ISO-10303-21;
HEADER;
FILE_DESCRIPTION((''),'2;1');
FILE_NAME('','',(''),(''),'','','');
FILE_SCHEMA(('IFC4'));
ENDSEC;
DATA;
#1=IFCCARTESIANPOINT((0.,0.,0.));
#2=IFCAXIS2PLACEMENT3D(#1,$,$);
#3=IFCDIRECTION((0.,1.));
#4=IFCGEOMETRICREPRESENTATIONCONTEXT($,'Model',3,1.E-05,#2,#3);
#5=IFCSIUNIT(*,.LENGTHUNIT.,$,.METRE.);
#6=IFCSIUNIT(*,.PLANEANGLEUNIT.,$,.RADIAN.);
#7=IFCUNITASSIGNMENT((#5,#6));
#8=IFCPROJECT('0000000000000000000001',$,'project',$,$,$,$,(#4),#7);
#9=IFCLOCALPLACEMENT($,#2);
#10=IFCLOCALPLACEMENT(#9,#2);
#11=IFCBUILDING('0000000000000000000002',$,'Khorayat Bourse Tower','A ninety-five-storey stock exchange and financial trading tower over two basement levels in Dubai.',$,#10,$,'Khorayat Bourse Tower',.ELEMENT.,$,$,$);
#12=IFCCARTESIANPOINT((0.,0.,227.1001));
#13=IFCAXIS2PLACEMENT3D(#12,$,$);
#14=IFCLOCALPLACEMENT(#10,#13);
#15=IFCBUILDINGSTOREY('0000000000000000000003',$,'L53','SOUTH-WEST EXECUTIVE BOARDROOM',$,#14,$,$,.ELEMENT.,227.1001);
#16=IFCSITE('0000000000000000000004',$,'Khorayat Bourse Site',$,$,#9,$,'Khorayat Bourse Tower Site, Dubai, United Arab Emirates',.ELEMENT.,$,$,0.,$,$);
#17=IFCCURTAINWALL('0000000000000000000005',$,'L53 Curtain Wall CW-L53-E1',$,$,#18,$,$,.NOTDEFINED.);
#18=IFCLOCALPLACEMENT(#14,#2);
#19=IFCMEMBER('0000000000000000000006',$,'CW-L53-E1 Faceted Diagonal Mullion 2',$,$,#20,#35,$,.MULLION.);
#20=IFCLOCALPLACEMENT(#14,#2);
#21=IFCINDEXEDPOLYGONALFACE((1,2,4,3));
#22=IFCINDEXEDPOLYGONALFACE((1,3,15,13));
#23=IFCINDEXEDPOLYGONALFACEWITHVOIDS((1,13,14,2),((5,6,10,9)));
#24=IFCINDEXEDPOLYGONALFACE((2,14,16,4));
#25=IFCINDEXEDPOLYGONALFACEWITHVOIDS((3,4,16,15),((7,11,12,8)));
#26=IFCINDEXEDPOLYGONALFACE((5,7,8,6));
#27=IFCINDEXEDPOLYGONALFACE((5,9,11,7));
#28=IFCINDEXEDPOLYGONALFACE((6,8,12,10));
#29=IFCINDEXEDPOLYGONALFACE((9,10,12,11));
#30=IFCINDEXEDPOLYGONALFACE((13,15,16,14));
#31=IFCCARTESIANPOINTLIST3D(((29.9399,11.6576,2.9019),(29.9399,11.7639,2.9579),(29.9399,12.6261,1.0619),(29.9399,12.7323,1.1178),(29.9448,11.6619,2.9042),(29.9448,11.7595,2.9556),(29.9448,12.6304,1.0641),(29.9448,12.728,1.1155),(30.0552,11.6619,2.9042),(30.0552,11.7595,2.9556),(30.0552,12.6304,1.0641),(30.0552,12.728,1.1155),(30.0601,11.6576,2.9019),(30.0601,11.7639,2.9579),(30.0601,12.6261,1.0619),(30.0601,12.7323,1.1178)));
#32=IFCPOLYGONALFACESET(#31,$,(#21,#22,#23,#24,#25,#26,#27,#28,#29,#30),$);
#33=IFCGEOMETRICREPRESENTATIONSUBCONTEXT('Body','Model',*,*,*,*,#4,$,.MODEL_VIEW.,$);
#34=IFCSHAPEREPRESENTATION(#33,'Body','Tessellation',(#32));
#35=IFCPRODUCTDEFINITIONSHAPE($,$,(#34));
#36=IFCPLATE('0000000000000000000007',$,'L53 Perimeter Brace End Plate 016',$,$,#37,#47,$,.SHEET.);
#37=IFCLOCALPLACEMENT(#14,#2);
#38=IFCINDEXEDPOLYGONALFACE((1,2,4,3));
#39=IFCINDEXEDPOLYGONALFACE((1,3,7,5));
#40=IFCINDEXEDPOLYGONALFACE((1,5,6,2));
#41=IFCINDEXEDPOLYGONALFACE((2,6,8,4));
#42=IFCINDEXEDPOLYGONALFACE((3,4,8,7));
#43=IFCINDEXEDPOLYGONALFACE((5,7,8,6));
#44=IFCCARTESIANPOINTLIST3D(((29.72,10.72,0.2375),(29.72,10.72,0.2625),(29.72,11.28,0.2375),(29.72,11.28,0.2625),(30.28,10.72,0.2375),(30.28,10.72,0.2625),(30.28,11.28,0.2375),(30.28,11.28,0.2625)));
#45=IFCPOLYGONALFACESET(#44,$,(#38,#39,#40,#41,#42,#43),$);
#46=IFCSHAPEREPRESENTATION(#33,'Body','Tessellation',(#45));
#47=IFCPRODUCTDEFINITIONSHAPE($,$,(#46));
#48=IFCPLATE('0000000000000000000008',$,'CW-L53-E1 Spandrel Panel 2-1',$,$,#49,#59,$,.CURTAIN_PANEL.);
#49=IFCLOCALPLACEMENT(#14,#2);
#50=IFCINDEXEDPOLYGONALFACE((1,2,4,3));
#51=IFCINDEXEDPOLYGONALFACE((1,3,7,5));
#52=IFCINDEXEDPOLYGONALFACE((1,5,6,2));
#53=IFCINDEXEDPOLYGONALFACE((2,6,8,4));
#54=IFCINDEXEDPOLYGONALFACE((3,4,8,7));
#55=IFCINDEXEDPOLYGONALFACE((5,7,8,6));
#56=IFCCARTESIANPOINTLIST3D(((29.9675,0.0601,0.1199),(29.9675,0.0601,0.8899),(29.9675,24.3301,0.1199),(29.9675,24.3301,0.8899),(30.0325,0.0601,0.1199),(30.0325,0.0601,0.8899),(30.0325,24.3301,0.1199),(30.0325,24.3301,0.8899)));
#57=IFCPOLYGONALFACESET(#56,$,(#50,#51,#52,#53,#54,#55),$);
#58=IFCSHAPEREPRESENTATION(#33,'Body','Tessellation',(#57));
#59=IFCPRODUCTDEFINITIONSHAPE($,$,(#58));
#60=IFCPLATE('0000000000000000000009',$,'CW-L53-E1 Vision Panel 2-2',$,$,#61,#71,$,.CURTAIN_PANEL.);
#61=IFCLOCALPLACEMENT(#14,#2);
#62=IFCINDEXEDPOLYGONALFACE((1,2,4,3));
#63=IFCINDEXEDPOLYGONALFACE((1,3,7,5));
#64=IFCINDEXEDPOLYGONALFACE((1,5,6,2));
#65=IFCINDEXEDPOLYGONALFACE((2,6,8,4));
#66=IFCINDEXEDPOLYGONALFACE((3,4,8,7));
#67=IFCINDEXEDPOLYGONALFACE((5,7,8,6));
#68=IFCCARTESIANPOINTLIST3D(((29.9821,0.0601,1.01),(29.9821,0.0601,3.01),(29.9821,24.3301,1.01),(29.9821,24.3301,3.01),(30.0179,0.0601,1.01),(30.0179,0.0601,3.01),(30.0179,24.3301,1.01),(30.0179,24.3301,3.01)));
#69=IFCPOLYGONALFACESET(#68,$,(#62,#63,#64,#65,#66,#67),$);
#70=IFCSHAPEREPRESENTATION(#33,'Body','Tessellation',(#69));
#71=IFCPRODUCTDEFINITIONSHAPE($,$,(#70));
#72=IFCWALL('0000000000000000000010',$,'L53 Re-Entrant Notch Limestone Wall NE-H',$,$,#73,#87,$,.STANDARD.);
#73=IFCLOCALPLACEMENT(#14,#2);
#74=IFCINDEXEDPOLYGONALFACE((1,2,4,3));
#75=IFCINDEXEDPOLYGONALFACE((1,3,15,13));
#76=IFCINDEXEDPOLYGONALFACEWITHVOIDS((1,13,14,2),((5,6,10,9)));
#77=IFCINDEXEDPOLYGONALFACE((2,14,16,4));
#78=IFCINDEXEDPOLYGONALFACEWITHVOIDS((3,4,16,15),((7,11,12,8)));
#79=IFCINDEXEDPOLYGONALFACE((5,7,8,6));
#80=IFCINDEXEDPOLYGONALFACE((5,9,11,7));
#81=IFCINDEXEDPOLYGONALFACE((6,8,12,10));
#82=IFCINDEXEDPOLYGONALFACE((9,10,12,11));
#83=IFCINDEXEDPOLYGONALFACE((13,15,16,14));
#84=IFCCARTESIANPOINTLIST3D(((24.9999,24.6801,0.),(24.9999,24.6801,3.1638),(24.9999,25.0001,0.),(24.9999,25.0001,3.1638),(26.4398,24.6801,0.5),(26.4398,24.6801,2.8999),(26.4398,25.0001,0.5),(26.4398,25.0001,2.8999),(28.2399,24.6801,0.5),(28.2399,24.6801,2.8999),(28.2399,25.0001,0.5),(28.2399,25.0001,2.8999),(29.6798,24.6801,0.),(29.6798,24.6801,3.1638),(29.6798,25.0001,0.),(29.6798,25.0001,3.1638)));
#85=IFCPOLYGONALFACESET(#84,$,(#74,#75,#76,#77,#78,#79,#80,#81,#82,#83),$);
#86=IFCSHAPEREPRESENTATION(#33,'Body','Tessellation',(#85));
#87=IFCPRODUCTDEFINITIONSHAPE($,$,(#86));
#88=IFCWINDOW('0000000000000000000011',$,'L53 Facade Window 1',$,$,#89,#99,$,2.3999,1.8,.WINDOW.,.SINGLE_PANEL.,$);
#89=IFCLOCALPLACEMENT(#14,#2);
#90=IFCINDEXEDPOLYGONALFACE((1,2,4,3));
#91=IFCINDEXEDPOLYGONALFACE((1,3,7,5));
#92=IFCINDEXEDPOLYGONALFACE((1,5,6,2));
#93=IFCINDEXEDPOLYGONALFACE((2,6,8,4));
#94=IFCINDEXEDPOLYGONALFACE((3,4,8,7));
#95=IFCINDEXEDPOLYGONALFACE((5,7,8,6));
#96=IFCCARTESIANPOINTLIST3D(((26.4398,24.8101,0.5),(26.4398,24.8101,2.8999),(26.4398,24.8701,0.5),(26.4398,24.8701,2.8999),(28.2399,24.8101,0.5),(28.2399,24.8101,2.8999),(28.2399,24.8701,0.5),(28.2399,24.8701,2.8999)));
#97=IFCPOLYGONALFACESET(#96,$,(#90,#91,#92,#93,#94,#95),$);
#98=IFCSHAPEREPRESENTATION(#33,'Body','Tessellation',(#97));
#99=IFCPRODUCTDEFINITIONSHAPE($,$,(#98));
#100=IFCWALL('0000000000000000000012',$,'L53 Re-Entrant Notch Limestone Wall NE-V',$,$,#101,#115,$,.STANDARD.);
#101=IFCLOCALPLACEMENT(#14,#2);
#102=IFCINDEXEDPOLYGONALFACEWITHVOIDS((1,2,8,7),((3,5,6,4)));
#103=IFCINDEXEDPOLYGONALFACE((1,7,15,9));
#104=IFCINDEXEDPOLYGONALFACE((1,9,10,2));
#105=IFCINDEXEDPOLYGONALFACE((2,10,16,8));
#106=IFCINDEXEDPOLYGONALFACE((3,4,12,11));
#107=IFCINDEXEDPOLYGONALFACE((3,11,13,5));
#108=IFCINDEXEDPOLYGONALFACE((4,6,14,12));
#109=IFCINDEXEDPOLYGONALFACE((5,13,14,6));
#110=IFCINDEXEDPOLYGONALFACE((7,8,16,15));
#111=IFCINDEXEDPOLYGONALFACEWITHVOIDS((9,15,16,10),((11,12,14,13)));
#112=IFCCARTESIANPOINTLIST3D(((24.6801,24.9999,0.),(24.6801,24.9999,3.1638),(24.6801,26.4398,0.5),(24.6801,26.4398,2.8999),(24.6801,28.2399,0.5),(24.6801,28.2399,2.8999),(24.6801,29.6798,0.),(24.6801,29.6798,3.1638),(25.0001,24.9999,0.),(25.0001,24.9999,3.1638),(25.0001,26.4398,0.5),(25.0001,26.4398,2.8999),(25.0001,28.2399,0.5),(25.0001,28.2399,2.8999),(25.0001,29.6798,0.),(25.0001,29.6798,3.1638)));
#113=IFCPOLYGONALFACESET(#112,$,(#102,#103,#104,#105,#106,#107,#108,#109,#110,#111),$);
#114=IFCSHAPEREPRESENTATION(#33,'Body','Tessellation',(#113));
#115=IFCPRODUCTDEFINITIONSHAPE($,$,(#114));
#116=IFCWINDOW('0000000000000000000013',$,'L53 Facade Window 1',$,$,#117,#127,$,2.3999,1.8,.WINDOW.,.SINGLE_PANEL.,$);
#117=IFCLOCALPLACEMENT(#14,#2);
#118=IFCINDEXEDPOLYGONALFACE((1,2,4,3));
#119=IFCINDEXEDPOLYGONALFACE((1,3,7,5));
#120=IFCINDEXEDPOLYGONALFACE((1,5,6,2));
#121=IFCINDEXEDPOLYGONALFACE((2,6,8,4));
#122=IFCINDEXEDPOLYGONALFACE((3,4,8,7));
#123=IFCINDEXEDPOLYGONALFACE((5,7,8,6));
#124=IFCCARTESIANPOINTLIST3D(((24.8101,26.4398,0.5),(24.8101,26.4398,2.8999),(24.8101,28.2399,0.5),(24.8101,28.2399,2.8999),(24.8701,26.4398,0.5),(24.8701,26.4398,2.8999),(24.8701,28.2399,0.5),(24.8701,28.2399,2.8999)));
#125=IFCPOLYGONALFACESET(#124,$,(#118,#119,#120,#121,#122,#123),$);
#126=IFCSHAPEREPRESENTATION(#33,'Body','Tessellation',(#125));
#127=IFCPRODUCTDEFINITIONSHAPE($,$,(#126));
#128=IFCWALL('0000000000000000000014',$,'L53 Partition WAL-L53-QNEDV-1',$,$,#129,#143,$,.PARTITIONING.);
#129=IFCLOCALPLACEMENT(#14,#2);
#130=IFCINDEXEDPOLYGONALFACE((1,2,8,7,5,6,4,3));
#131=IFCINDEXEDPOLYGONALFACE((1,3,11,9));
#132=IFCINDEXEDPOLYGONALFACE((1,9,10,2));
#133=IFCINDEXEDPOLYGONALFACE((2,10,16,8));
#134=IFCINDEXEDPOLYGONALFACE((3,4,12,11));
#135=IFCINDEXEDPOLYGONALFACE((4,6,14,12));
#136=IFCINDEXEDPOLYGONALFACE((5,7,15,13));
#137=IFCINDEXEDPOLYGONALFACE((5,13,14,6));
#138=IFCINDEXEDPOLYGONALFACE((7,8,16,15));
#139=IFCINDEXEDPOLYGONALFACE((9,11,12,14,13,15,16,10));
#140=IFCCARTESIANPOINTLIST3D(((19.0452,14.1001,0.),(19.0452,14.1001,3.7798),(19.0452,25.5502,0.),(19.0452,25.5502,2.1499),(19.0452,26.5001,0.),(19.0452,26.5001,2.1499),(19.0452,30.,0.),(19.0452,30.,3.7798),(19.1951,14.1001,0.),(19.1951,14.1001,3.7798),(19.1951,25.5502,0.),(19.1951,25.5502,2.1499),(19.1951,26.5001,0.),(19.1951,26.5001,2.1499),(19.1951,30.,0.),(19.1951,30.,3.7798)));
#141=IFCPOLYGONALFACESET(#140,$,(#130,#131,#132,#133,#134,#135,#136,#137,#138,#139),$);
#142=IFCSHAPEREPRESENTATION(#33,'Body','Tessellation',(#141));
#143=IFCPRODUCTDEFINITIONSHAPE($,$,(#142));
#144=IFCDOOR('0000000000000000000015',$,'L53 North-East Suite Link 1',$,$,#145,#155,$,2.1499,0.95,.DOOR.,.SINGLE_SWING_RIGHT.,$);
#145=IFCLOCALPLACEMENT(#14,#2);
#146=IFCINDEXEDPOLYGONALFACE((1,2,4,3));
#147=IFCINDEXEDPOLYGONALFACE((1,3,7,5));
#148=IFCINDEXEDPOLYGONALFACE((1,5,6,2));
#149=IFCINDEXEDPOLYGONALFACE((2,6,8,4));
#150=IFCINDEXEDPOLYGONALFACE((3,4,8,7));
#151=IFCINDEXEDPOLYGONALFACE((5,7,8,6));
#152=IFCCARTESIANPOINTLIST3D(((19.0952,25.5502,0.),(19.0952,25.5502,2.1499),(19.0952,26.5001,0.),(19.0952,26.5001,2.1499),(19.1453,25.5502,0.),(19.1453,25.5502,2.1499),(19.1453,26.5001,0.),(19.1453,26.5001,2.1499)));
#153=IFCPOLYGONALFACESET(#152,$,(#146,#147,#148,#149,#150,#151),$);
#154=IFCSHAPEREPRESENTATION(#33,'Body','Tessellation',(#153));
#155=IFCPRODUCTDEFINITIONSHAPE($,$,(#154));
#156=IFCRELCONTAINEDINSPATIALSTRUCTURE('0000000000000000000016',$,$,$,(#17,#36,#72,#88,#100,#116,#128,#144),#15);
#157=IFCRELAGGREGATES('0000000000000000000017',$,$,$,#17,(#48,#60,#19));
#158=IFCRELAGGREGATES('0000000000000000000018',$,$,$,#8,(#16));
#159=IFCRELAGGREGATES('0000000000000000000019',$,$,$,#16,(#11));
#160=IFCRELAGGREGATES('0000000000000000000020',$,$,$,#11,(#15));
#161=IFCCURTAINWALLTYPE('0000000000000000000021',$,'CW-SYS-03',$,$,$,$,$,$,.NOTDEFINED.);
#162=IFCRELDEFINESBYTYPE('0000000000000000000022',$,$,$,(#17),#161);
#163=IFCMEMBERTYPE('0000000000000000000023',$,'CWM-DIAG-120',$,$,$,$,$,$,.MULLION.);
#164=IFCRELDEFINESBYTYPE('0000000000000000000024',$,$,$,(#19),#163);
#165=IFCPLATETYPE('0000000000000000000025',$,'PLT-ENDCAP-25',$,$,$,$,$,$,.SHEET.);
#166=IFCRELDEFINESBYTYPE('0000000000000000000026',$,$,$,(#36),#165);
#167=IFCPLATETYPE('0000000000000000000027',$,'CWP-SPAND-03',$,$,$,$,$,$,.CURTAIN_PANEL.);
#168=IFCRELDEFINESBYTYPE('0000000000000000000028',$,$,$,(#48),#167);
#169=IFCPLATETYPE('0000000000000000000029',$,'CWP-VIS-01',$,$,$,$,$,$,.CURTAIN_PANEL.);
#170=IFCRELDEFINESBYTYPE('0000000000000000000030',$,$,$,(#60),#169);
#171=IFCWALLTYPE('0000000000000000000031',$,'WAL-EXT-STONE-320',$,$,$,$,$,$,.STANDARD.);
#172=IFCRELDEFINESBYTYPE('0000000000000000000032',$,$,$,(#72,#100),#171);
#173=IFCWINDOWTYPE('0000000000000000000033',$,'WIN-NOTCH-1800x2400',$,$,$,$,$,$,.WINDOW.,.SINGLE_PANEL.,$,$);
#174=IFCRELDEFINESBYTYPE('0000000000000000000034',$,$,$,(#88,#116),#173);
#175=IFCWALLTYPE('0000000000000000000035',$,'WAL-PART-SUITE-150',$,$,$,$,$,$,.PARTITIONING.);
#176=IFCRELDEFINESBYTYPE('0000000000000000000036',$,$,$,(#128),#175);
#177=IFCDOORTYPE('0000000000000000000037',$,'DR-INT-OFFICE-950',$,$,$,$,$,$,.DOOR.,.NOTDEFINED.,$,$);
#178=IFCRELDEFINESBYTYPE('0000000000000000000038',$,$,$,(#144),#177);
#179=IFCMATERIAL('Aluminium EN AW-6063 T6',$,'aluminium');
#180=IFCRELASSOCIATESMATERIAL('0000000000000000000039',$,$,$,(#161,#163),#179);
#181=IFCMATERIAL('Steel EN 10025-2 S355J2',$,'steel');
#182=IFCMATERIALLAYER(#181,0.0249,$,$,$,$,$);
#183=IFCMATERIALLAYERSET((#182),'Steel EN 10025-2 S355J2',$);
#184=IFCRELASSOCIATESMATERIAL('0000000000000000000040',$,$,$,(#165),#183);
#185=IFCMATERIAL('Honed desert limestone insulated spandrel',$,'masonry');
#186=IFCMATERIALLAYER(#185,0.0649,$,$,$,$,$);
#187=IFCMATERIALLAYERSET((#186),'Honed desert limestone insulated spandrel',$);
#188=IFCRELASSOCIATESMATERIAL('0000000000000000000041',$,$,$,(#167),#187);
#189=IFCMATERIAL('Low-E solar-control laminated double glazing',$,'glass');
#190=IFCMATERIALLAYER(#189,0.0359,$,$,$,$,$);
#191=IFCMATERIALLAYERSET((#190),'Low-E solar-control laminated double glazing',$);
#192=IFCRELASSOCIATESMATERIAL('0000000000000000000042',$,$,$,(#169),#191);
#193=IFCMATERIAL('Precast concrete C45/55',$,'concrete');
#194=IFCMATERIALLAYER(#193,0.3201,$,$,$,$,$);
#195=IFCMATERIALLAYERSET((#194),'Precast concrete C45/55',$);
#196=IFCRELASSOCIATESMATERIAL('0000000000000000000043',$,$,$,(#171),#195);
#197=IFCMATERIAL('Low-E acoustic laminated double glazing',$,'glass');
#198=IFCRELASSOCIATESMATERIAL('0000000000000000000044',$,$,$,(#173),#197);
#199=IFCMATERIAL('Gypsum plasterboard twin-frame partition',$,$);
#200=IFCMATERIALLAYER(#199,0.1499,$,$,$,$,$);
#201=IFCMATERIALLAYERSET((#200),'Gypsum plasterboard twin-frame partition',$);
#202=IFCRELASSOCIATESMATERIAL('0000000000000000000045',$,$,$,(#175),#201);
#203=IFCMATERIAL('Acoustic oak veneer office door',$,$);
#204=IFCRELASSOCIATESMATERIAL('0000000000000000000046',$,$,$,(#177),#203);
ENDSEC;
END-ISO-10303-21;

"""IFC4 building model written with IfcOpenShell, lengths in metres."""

from ifc_helpers import new_model, si_unit, direction, frame, frame_2d, origin, origin_2d, place, context, subcontext, project, spatial, rectangle, hollow_rectangle, extrude, source, transform, mapped, material, layer, layer_set, material_profile, profile_set, type_object, element, fill, aggregate, save


model = new_model("IFC4")

# Units and contexts
model_context = context("Model", 3, precision=1e-05, world=origin(), true_north=direction((0.0, 1.0)))
body_context = subcontext(model_context, "Body", "Model", "MODEL_VIEW")
ifc_project = project(units=[si_unit("LENGTHUNIT", "METRE"), si_unit("PLANEANGLEUNIT", "RADIAN")], contexts=[model_context])

# Site, building, storey
site_placement = place(None, origin())
site = spatial("IfcSite", under=ifc_project, at=site_placement, Name="Khorayat Bourse Site", LongName="Khorayat Bourse Tower Site, Dubai, United Arab Emirates", CompositionType="ELEMENT", RefElevation=0.0)
building_placement = place(site_placement, origin())
building = spatial("IfcBuilding", under=site, at=building_placement, Name="Khorayat Bourse Tower", Description="A ninety-five-storey stock exchange and financial trading tower over two basement levels in Dubai.", LongName="Khorayat Bourse Tower", CompositionType="ELEMENT")
storey_placement = place(building_placement, frame((0.0, 0.0, 227.1001)))
storey = spatial("IfcBuildingStorey", under=building, at=storey_placement, Name="L53", Description="SOUTH-WEST EXECUTIVE BOARDROOM", CompositionType="ELEMENT", Elevation=227.1001)

# Shared definitions
ifc_material_1 = material(Name="Aluminium EN AW-6063 T6", Category="aluminium")
curtain_wall_type = type_object("IfcCurtainWallType", Name="CW-SYS-03", PredefinedType="NOTDEFINED", material=ifc_material_1)

# Curtain wall, member
curtain_wall_1_placement = place(storey_placement, origin())
curtain_wall_1 = element("IfcCurtainWall", 1, at=curtain_wall_1_placement, inside=storey, type_object=curtain_wall_type, Name="L53 Curtain Wall CW-L53-E1", PredefinedType="NOTDEFINED")
ifc_material_profile_1 = material_profile(ifc_material_1, hollow_rectangle(XDim=0.1201, YDim=0.1201, WallThickness=0.0049, at=origin_2d()), Name="ALU 120x120x5")
ifc_profile_set_1 = profile_set([ifc_material_profile_1], Name="Aluminium EN AW-6063 T6")
member_type_1 = type_object("IfcMemberType", Name="CWM-DIAG-120", PredefinedType="MULLION", material=ifc_profile_set_1)
shared_shape_1 = source(origin(), body_context, "Body", "SweptSolid", [
    extrude(hollow_rectangle(XDim=0.1201, YDim=0.1201, WallThickness=0.0049, at=origin_2d()), origin(), (0.0, 0.0, 1.0), 2.0793),
])
member_1_placement = place(storey_placement, frame((30.0, 12.6792, 1.0898), z_axis=(0.0, -0.465761, 0.884911), x_axis=(1.0, 0.0, 0.0)))
member_1 = element("IfcMember", 2, at=member_1_placement, type_object=member_type_1, Name="CW-L53-E1 Faceted Diagonal Mullion 2", PredefinedType="MULLION", context=body_context, shape_type="MappedRepresentation", body=[
    mapped(shared_shape_1, transform((0.0, 0.0, 0.0), scale=1.0)),
])

# Plates
ifc_material_2 = material(Name="Steel EN 10025-2 S355J2", Category="steel")
ifc_layer_1 = layer(ifc_material_2, 0.0249)
ifc_layer_set_1 = layer_set([ifc_layer_1], Name="Steel EN 10025-2 S355J2")
plate_type_1 = type_object("IfcPlateType", Name="PLT-ENDCAP-25", PredefinedType="SHEET", material=ifc_layer_set_1)
shared_shape_2 = source(origin(), body_context, "Body", "SweptSolid", [
    extrude(rectangle(XDim=0.5601, YDim=0.5601, at=origin_2d()), origin(), (0.0, 0.0, 1.0), 0.0249),
])
plate_1_placement = place(storey_placement, frame((30.0, 11.0, 0.2375), z_axis=(0.0, 0.0, 1.0), x_axis=(1.0, 0.0, 0.0)))
element("IfcPlate", 3, at=plate_1_placement, inside=storey, type_object=plate_type_1, Name="L53 Perimeter Brace End Plate 016", PredefinedType="SHEET", context=body_context, shape_type="MappedRepresentation", body=[
    mapped(shared_shape_2, transform((0.0, 0.0, 0.0), scale=1.0)),
])
ifc_material_3 = material(Name="Honed desert limestone insulated spandrel", Category="masonry")
ifc_layer_2 = layer(ifc_material_3, 0.0649)
ifc_layer_set_2 = layer_set([ifc_layer_2], Name="Honed desert limestone insulated spandrel")
plate_type_2 = type_object("IfcPlateType", Name="CWP-SPAND-03", PredefinedType="CURTAIN_PANEL", material=ifc_layer_set_2)
shared_shape_3 = source(origin(), body_context, "Body", "SweptSolid", [
    extrude(rectangle(XDim=24.27, YDim=0.0649, at=origin_2d()), origin(), (0.0, 0.0, 1.0), 0.77),
])
plate_2_placement = place(storey_placement, frame((30.0, 12.1951, 0.1199), z_axis=(0.0, 0.0, 1.0), x_axis=(0.0, 1.0, 0.0)))
plate_2 = element("IfcPlate", 4, at=plate_2_placement, type_object=plate_type_2, Name="CW-L53-E1 Spandrel Panel 2-1", PredefinedType="CURTAIN_PANEL", context=body_context, shape_type="MappedRepresentation", body=[
    mapped(shared_shape_3, transform((0.0, 0.0, 0.0), scale=1.0)),
])
ifc_material_4 = material(Name="Low-E solar-control laminated double glazing", Category="glass")
ifc_layer_3 = layer(ifc_material_4, 0.0359)
ifc_layer_set_3 = layer_set([ifc_layer_3], Name="Low-E solar-control laminated double glazing")
plate_type_3 = type_object("IfcPlateType", Name="CWP-VIS-01", PredefinedType="CURTAIN_PANEL", material=ifc_layer_set_3)
shared_shape_4 = source(origin(), body_context, "Body", "SweptSolid", [
    extrude(rectangle(XDim=24.27, YDim=0.0359, at=origin_2d()), origin(), (0.0, 0.0, 1.0), 2.0),
])
plate_3_placement = place(storey_placement, frame((30.0, 12.1951, 1.01), z_axis=(0.0, 0.0, 1.0), x_axis=(0.0, 1.0, 0.0)))
plate_3 = element("IfcPlate", 5, at=plate_3_placement, type_object=plate_type_3, Name="CW-L53-E1 Vision Panel 2-2", PredefinedType="CURTAIN_PANEL", context=body_context, shape_type="MappedRepresentation", body=[
    mapped(shared_shape_4, transform((0.0, 0.0, 0.0), scale=1.0)),
])
aggregate(curtain_wall_1, [plate_2, plate_3, member_1])

# Walls, openings, windows
ifc_material_5 = material(Name="Precast concrete C45/55", Category="concrete")
ifc_layer_4 = layer(ifc_material_5, 0.3201)
ifc_layer_set_4 = layer_set([ifc_layer_4], Name="Precast concrete C45/55")
wall_type_1 = type_object("IfcWallType", Name="WAL-EXT-STONE-320", PredefinedType="STANDARD", material=ifc_layer_set_4)
shared_shape_5 = source(origin(), body_context, "Body", "SweptSolid", [
    extrude(rectangle(XDim=4.6799, YDim=0.3201, at=frame_2d((2.3398, 0.0))), origin(), (0.0, 0.0, 1.0), 3.1638),
])
wall_1_placement = place(storey_placement, frame((25.0, 24.8401, 0.0), z_axis=(0.0, 0.0, 1.0), x_axis=(1.0, 0.0, 0.0)))
wall_1 = element("IfcWall", 6, at=wall_1_placement, inside=storey, type_object=wall_type_1, Name="L53 Re-Entrant Notch Limestone Wall NE-H", PredefinedType="STANDARD", context=body_context, shape_type="MappedRepresentation", body=[
    mapped(shared_shape_5, transform((0.0, 0.0, 0.0), scale=1.0)),
])
shared_shape_6 = source(origin(), body_context, "Body", "SweptSolid", [
    extrude(rectangle(XDim=1.8, YDim=2.3999, at=frame_2d((0.8999, 1.2))), frame((0.0, 0.1699, 0.0), z_axis=(0.0, -1.0, 0.0), x_axis=(1.0, 0.0, 0.0)), (0.0, 0.0, 1.0), 0.3401),
])
opening_1_placement = place(wall_1_placement, frame((1.4399, 0.0, 0.5)))
opening_1 = element("IfcOpeningElement", 7, at=opening_1_placement, cuts=wall_1, PredefinedType="OPENING", context=body_context, shape_type="MappedRepresentation", body=[
    mapped(shared_shape_6, transform((0.0, 0.0, 0.0), scale=1.0)),
])
ifc_material_6 = material(Name="Low-E acoustic laminated double glazing", Category="glass")
window_type = type_object("IfcWindowType", Name="WIN-NOTCH-1800x2400", PartitioningType="SINGLE_PANEL", PredefinedType="WINDOW", material=ifc_material_6)
shared_shape_7 = source(origin(), body_context, "Body", "SweptSolid", [
    extrude(rectangle(XDim=1.8, YDim=2.3999, at=frame_2d((0.8999, 1.2))), frame((0.0, 0.03, 0.0), z_axis=(0.0, -1.0, 0.0), x_axis=(1.0, 0.0, 0.0)), (0.0, 0.0, 1.0), 0.0601),
])
window_1_placement = place(opening_1_placement, origin())
window_1 = element("IfcWindow", 8, at=window_1_placement, inside=storey, type_object=window_type, Name="L53 Facade Window 1", OverallHeight=2.3999, OverallWidth=1.8, PartitioningType="SINGLE_PANEL", PredefinedType="WINDOW", context=body_context, shape_type="MappedRepresentation", body=[
    mapped(shared_shape_7, transform((0.0, 0.0, 0.0), scale=1.0)),
])
fill(opening_1, window_1)
wall_2_placement = place(storey_placement, frame((24.8401, 25.0, 0.0), z_axis=(0.0, 0.0, 1.0), x_axis=(0.0, 1.0, 0.0)))
wall_2 = element("IfcWall", 9, at=wall_2_placement, inside=storey, type_object=wall_type_1, Name="L53 Re-Entrant Notch Limestone Wall NE-V", PredefinedType="STANDARD", context=body_context, shape_type="MappedRepresentation", body=[
    mapped(shared_shape_5, transform((0.0, 0.0, 0.0), scale=1.0)),
])
opening_2_placement = place(wall_2_placement, frame((1.4399, 0.0, 0.5)))
opening_2 = element("IfcOpeningElement", 10, at=opening_2_placement, cuts=wall_2, PredefinedType="OPENING", context=body_context, shape_type="MappedRepresentation", body=[
    mapped(shared_shape_6, transform((0.0, 0.0, 0.0), scale=1.0)),
])
window_2_placement = place(opening_2_placement, origin())
window_2 = element("IfcWindow", 11, at=window_2_placement, inside=storey, type_object=window_type, Name="L53 Facade Window 1", OverallHeight=2.3999, OverallWidth=1.8, PartitioningType="SINGLE_PANEL", PredefinedType="WINDOW", context=body_context, shape_type="MappedRepresentation", body=[
    mapped(shared_shape_7, transform((0.0, 0.0, 0.0), scale=1.0)),
])
fill(opening_2, window_2)

# Wall, opening, door
ifc_material_7 = material(Name="Gypsum plasterboard twin-frame partition")
ifc_layer_5 = layer(ifc_material_7, 0.1499)
ifc_layer_set_5 = layer_set([ifc_layer_5], Name="Gypsum plasterboard twin-frame partition")
wall_type_2 = type_object("IfcWallType", Name="WAL-PART-SUITE-150", PredefinedType="PARTITIONING", material=ifc_layer_set_5)
shared_shape_8 = source(origin(), body_context, "Body", "SweptSolid", [
    extrude(rectangle(XDim=15.8999, YDim=0.1499, at=frame_2d((7.95, 0.0))), origin(), (0.0, 0.0, 1.0), 3.7798),
])
wall_3_placement = place(storey_placement, frame((19.1201, 14.1001, 0.0), z_axis=(0.0, 0.0, 1.0), x_axis=(0.0, 1.0, 0.0)))
wall_3 = element("IfcWall", 12, at=wall_3_placement, inside=storey, type_object=wall_type_2, Name="L53 Partition WAL-L53-QNEDV-1", PredefinedType="PARTITIONING", context=body_context, shape_type="MappedRepresentation", body=[
    mapped(shared_shape_8, transform((0.0, 0.0, 0.0), scale=1.0)),
])
shared_shape_9 = source(origin(), body_context, "Body", "SweptSolid", [
    extrude(rectangle(XDim=0.95, YDim=2.1499, at=frame_2d((0.4751, 1.075))), frame((0.0, 0.085, 0.0), z_axis=(0.0, -1.0, 0.0), x_axis=(1.0, 0.0, 0.0)), (0.0, 0.0, 1.0), 0.1699),
])
opening_3_placement = place(wall_3_placement, frame((11.45, 0.0, 0.0)))
opening_3 = element("IfcOpeningElement", 13, at=opening_3_placement, cuts=wall_3, PredefinedType="OPENING", context=body_context, shape_type="MappedRepresentation", body=[
    mapped(shared_shape_9, transform((0.0, 0.0, 0.0), scale=1.0)),
])
ifc_material_8 = material(Name="Acoustic oak veneer office door")
door_type = type_object("IfcDoorType", Name="DR-INT-OFFICE-950", OperationType="NOTDEFINED", PredefinedType="DOOR", material=ifc_material_8)
shared_shape_10 = source(origin(), body_context, "Body", "SweptSolid", [
    extrude(rectangle(XDim=0.95, YDim=2.1499, at=frame_2d((0.4751, 1.075))), frame((0.0, 0.0249, 0.0), z_axis=(0.0, -1.0, 0.0), x_axis=(1.0, 0.0, 0.0)), (0.0, 0.0, 1.0), 0.05),
])
door_1_placement = place(opening_3_placement, origin())
door_1 = element("IfcDoor", 14, at=door_1_placement, inside=storey, type_object=door_type, Name="L53 North-East Suite Link 1", OperationType="SINGLE_SWING_RIGHT", OverallHeight=2.1499, OverallWidth=0.95, PredefinedType="DOOR", context=body_context, shape_type="MappedRepresentation", body=[
    mapped(shared_shape_10, transform((0.0, 0.0, 0.0), scale=1.0)),
])
fill(opening_3, door_1)

save(model, "model.ifc")
